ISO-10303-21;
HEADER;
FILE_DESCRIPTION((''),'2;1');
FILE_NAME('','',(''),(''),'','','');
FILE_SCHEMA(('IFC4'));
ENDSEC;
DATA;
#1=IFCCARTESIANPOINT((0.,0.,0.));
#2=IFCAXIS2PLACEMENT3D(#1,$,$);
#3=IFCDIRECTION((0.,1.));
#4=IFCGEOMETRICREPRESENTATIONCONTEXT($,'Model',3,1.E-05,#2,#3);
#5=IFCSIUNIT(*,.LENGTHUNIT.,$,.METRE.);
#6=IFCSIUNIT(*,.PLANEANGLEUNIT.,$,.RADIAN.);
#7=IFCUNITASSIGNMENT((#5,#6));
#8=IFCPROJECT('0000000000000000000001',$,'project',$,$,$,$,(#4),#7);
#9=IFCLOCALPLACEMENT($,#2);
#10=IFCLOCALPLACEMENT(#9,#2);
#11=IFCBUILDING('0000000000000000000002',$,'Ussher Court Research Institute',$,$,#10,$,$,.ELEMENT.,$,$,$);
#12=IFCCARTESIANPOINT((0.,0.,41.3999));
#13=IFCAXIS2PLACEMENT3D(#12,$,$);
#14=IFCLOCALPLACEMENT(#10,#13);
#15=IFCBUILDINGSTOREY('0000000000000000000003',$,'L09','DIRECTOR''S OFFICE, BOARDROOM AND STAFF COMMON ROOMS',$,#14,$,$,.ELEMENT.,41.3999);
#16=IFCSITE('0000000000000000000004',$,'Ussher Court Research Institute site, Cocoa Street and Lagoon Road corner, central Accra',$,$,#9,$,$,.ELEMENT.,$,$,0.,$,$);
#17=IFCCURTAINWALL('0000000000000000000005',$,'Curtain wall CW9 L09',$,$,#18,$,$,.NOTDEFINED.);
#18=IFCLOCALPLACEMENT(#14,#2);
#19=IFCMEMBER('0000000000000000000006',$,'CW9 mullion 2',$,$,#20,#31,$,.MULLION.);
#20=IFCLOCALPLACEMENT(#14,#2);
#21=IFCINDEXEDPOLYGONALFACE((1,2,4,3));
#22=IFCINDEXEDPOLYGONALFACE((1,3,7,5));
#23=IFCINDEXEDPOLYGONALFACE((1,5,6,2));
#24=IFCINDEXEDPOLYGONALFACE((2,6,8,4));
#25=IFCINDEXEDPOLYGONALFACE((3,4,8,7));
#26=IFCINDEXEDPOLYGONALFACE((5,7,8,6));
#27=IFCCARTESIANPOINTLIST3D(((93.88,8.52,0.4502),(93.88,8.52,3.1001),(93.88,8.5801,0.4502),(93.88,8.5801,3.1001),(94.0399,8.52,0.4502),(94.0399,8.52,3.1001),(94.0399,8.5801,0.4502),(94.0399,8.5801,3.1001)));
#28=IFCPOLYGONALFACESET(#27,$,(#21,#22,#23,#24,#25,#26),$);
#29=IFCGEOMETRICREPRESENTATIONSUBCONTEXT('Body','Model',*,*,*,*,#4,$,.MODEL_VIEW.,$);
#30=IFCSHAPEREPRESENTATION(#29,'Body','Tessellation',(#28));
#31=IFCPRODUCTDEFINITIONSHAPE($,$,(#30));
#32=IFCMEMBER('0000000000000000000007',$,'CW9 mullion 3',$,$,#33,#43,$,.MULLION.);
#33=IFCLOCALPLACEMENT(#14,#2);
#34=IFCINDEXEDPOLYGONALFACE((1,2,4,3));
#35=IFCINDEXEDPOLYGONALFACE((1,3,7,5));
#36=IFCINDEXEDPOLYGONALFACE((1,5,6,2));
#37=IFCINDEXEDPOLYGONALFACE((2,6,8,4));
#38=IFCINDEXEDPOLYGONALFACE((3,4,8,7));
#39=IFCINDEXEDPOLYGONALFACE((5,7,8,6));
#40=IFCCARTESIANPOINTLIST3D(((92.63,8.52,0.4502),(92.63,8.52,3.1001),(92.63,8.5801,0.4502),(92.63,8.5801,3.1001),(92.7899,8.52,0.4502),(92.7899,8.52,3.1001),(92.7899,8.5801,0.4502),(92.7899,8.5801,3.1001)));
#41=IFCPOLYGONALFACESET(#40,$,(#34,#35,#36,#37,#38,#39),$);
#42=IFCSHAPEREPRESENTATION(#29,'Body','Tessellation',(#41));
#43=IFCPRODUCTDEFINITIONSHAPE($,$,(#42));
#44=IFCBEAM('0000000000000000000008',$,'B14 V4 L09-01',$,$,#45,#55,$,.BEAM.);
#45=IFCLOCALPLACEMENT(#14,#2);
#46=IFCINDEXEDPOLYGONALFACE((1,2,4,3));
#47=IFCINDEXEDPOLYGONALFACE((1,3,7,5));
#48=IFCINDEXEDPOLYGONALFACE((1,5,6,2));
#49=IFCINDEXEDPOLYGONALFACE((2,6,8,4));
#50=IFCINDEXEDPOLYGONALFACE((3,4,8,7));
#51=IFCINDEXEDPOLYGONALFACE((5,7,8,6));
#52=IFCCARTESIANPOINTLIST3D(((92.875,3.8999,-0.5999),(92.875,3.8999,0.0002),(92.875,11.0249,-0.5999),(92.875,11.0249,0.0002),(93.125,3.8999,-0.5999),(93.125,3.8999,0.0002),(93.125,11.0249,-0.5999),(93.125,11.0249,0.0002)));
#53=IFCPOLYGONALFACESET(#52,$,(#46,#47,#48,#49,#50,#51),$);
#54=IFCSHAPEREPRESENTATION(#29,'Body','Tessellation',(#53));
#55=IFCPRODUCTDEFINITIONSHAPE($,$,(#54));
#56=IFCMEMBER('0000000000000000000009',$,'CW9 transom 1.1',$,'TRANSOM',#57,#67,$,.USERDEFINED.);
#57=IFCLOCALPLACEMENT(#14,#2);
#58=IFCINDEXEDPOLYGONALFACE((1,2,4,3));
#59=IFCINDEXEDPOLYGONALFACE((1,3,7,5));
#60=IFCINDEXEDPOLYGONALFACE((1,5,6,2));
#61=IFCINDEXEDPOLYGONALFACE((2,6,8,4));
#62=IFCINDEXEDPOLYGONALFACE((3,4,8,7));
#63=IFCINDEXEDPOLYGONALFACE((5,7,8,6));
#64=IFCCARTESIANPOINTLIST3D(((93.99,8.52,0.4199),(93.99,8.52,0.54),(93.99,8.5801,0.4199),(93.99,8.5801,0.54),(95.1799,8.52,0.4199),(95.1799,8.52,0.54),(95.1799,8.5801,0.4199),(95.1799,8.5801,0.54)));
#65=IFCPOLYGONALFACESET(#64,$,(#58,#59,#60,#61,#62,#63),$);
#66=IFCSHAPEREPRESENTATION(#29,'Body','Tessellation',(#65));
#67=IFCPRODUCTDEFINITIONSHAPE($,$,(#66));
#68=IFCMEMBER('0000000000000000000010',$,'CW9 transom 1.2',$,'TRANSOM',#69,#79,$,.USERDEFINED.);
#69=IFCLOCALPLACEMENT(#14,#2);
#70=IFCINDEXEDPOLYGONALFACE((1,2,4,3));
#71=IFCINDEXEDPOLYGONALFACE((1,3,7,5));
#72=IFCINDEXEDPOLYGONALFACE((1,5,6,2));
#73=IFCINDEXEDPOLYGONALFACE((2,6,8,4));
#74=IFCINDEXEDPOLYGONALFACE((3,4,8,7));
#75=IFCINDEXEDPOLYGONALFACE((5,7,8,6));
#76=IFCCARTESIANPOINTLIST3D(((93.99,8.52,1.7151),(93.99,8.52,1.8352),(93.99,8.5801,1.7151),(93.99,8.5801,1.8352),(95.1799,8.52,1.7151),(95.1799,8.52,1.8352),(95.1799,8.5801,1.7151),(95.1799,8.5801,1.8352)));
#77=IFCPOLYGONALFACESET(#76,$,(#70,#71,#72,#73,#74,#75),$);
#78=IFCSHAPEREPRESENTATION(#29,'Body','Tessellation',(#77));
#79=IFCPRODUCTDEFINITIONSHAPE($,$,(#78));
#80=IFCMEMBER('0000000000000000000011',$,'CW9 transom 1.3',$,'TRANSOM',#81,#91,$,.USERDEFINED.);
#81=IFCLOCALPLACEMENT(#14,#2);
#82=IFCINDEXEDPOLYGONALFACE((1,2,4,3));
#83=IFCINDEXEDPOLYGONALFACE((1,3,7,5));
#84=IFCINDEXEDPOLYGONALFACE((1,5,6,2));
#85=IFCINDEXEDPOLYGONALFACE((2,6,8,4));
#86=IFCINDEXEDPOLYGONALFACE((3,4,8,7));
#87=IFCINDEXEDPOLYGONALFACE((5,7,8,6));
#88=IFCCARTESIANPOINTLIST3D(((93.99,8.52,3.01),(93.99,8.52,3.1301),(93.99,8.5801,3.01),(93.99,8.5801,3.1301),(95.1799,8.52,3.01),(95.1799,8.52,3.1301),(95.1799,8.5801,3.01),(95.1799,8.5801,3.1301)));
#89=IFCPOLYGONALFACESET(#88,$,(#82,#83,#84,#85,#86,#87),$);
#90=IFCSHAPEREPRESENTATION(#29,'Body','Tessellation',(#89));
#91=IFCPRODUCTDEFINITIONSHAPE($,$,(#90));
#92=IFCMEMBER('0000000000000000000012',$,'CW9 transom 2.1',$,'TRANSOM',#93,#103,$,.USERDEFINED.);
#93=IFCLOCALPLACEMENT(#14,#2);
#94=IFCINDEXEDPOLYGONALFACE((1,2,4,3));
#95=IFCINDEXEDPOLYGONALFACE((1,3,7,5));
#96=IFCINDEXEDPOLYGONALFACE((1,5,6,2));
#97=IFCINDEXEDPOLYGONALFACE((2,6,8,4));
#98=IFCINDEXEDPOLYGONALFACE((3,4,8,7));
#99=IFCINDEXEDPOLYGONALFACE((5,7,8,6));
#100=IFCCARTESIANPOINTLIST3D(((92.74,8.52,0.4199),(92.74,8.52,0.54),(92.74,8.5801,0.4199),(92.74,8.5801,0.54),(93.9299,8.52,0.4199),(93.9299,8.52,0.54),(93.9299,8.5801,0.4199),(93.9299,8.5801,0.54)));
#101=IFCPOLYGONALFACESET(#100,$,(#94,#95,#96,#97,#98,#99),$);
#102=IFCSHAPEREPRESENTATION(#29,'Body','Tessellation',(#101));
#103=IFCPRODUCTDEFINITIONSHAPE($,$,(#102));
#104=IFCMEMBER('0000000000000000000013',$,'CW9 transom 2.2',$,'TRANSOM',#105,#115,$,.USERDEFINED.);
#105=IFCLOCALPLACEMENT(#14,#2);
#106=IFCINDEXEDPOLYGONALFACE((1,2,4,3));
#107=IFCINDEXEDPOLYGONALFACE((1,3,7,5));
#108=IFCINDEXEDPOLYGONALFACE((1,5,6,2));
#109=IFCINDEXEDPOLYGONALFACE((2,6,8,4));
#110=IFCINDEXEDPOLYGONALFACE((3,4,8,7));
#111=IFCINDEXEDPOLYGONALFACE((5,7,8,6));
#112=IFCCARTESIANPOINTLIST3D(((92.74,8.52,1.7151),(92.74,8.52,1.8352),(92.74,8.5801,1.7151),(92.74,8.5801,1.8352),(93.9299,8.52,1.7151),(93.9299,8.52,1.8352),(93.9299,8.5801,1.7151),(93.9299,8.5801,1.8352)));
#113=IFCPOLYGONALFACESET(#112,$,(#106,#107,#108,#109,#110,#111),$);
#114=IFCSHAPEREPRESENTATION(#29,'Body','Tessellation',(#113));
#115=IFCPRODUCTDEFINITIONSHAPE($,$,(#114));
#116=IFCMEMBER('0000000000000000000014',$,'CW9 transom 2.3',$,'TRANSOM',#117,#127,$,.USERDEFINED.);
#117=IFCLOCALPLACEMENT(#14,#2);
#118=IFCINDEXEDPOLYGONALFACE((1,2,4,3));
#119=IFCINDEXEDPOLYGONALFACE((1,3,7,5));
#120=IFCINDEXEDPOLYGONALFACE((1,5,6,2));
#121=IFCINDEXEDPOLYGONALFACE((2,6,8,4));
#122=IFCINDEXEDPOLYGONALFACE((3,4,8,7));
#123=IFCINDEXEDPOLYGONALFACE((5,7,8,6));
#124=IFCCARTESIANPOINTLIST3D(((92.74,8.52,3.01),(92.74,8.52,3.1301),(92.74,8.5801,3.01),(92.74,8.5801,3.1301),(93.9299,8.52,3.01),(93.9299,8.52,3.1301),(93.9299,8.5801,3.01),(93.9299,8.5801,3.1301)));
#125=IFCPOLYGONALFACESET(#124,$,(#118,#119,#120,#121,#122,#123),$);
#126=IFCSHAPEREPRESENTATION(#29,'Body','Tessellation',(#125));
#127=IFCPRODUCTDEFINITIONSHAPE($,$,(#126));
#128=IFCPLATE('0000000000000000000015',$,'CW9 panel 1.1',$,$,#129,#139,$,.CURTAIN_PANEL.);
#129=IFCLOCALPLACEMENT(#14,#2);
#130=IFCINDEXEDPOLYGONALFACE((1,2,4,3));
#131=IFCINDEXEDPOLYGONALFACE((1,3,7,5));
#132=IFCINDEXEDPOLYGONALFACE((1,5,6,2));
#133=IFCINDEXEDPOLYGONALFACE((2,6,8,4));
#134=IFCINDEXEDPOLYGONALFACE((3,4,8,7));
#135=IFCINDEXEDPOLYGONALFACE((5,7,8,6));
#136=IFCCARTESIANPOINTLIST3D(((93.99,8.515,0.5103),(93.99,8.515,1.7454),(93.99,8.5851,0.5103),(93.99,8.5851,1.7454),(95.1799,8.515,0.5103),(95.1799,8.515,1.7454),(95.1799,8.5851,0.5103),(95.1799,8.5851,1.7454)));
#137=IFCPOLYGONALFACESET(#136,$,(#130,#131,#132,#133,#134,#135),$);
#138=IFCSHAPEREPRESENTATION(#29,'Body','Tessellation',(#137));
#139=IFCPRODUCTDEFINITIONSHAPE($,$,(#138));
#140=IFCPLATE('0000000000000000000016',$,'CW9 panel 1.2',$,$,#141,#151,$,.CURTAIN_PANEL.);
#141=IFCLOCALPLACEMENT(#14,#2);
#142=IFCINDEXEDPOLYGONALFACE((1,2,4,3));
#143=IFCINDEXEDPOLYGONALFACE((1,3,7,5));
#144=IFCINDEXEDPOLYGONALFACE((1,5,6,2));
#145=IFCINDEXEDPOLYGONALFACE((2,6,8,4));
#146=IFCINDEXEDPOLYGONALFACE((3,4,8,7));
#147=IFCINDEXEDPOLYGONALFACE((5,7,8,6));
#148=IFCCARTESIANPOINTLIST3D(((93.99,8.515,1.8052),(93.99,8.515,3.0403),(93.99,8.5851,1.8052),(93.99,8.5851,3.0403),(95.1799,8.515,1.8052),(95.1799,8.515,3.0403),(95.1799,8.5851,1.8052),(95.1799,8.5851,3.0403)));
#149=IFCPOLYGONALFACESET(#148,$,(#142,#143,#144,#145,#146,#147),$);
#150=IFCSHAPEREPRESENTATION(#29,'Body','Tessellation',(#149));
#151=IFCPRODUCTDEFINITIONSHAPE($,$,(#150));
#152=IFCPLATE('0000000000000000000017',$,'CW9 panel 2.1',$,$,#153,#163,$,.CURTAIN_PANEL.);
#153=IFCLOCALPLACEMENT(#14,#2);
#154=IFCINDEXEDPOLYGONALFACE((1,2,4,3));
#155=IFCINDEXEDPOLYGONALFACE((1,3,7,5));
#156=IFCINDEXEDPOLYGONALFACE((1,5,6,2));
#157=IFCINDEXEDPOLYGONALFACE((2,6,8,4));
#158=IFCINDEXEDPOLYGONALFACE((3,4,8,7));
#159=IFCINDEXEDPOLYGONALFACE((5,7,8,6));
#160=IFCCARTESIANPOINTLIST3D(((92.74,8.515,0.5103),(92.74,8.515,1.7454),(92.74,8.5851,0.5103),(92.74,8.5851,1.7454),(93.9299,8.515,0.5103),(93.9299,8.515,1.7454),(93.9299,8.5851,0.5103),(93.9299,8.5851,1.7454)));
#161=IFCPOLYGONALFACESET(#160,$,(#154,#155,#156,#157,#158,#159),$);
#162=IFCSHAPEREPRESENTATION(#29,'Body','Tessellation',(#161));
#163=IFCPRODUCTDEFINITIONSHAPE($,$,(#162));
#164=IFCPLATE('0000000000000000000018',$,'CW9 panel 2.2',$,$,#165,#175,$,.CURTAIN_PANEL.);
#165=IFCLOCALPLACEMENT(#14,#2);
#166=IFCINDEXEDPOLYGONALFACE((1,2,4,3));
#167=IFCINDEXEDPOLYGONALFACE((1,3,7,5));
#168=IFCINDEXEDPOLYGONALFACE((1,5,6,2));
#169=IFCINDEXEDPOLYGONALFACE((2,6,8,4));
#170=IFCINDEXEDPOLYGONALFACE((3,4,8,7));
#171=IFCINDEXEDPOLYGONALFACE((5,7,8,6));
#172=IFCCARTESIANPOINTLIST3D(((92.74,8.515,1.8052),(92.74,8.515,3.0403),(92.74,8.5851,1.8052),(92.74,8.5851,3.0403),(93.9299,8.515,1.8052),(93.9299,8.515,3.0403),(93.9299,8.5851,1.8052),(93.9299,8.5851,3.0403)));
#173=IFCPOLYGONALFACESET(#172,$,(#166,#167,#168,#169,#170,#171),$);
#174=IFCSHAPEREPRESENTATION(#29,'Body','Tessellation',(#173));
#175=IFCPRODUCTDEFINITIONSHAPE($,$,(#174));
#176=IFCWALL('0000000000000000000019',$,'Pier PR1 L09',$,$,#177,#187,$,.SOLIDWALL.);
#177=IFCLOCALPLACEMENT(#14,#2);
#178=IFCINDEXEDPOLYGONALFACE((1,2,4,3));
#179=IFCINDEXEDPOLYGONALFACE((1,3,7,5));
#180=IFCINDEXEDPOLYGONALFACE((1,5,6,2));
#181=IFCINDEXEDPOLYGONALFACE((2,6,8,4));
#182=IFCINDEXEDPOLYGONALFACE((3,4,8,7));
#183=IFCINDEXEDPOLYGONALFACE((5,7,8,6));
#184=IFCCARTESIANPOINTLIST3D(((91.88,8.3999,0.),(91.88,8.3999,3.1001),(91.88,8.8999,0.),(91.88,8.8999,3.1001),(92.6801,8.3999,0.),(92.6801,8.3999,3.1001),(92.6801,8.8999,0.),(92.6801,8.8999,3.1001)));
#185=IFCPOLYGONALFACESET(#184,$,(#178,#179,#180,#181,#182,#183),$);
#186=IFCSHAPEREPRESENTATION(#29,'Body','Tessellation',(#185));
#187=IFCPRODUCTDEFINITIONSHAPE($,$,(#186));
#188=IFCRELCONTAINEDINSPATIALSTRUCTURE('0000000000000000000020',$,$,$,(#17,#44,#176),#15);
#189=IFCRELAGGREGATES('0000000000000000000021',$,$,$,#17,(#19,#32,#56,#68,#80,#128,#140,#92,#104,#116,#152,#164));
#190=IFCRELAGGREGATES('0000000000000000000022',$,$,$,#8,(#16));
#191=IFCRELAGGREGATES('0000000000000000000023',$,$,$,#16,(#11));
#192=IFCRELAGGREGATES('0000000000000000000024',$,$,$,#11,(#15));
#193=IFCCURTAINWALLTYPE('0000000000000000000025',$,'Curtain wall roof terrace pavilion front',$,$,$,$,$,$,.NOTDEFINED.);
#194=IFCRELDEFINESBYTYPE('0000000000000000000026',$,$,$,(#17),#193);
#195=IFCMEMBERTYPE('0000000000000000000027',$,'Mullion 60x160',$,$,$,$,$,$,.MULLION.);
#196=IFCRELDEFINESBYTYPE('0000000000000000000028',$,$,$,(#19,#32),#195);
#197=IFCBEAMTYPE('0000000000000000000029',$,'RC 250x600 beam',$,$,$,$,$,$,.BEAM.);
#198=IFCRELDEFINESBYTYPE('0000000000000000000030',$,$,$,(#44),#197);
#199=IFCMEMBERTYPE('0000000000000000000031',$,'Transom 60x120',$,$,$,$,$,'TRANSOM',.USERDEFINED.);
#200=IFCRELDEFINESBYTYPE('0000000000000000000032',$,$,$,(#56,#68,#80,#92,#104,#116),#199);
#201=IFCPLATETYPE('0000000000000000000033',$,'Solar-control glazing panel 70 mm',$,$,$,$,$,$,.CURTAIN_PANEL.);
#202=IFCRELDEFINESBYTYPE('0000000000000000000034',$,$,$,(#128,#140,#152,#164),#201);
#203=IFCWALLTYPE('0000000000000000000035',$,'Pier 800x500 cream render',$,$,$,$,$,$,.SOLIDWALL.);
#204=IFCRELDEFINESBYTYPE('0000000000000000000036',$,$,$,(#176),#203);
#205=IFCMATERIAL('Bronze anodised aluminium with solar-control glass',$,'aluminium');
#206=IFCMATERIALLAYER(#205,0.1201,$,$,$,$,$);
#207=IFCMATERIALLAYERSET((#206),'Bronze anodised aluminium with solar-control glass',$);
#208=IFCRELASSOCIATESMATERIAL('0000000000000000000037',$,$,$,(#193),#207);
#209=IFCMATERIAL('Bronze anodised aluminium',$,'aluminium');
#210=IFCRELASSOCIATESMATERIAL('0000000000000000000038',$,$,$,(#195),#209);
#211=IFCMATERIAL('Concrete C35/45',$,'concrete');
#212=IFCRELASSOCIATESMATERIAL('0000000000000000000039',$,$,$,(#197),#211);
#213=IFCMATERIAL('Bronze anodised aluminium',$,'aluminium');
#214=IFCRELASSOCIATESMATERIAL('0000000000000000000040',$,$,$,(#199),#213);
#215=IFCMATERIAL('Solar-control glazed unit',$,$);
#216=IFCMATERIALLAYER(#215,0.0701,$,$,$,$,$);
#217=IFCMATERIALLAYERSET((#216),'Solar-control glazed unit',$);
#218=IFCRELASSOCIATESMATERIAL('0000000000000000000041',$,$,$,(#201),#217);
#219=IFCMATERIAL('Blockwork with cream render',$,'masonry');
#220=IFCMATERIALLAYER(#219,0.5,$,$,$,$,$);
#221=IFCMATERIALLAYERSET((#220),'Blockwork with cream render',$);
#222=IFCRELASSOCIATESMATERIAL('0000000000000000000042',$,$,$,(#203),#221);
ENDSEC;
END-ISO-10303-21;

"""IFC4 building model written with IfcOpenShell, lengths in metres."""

from ifc_helpers import new_model, si_unit, direction, frame, frame_2d, origin, origin_2d, place, context, subcontext, project, spatial, rectangle, extrude, material, layer, layer_set, material_profile, profile_set, type_object, element, aggregate, save


model = new_model("IFC4")

# Units and contexts
model_context = context("Model", 3, precision=1e-05, world=origin(), true_north=direction((0.0, 1.0)))
body_context = subcontext(model_context, "Body", "Model", "MODEL_VIEW")
ifc_project = project(units=[si_unit("LENGTHUNIT", "METRE"), si_unit("PLANEANGLEUNIT", "RADIAN")], contexts=[model_context])

# Site, building, storey
site_placement = place(None, origin())
site = spatial("IfcSite", under=ifc_project, at=site_placement, Name="Ussher Court Research Institute site, Cocoa Street and Lagoon Road corner, central Accra", CompositionType="ELEMENT", RefElevation=0.0)
building_placement = place(site_placement, origin())
building = spatial("IfcBuilding", under=site, at=building_placement, Name="Ussher Court Research Institute", CompositionType="ELEMENT")
storey_placement = place(building_placement, frame((0.0, 0.0, 41.3999)))
storey = spatial("IfcBuildingStorey", under=building, at=storey_placement, Name="L09", Description="DIRECTOR'S OFFICE, BOARDROOM AND STAFF COMMON ROOMS", CompositionType="ELEMENT", Elevation=41.3999)

# Curtain wall, members
ifc_material_1 = material(Name="Bronze anodised aluminium with solar-control glass", Category="aluminium")
ifc_layer_1 = layer(ifc_material_1, 0.1201)
ifc_layer_set_1 = layer_set([ifc_layer_1], Name="Bronze anodised aluminium with solar-control glass")
curtain_wall_type = type_object("IfcCurtainWallType", Name="Curtain wall roof terrace pavilion front", PredefinedType="NOTDEFINED", material=ifc_layer_set_1)
curtain_wall_placement = place(storey_placement, origin())
curtain_wall = element("IfcCurtainWall", 1, at=curtain_wall_placement, inside=storey, type_object=curtain_wall_type, Name="Curtain wall CW9 L09", PredefinedType="NOTDEFINED")
ifc_material_2 = material(Name="Bronze anodised aluminium", Category="aluminium")
ifc_material_profile_1 = material_profile(ifc_material_2, rectangle(XDim=0.0601, YDim=0.1599, at=origin_2d()), Name="Mullion 60x160")
ifc_profile_set_1 = profile_set([ifc_material_profile_1], Name="Bronze anodised aluminium")
member_type_1 = type_object("IfcMemberType", Name="Mullion 60x160", PredefinedType="MULLION", material=ifc_profile_set_1)
member_1_placement = place(storey_placement, frame((93.96, 8.55, 0.4502), z_axis=(0.0, 0.0, 1.0), x_axis=(0.0, -1.0, 0.0)))
member_1 = element("IfcMember", 2, at=member_1_placement, type_object=member_type_1, Name="CW9 mullion 2", PredefinedType="MULLION", context=body_context, shape_type="SweptSolid", body=[
    extrude(rectangle(XDim=0.0601, YDim=0.1599, at=origin_2d()), origin(), (0.0, 0.0, 1.0), 2.6499),
])
member_2_placement = place(storey_placement, frame((92.71, 8.55, 0.4502), z_axis=(0.0, 0.0, 1.0), x_axis=(0.0, -1.0, 0.0)))
member_2 = element("IfcMember", 3, at=member_2_placement, type_object=member_type_1, Name="CW9 mullion 3", PredefinedType="MULLION", context=body_context, shape_type="SweptSolid", body=[
    extrude(rectangle(XDim=0.0601, YDim=0.1599, at=origin_2d()), origin(), (0.0, 0.0, 1.0), 2.6499),
])

# Beam
ifc_material_3 = material(Name="Concrete C35/45", Category="concrete")
ifc_material_profile_2 = material_profile(ifc_material_3, rectangle(XDim=0.25, YDim=0.6001, at=origin_2d()), Name="RC 250x600")
ifc_profile_set_2 = profile_set([ifc_material_profile_2], Name="Concrete C35/45")
beam_type = type_object("IfcBeamType", Name="RC 250x600 beam", PredefinedType="BEAM", material=ifc_profile_set_2)
beam_placement = place(storey_placement, frame((93.0, 3.8999, -0.2998), z_axis=(0.0, 1.0, 0.0), x_axis=(-1.0, 0.0, 0.0)))
element("IfcBeam", 4, at=beam_placement, inside=storey, type_object=beam_type, Name="B14 V4 L09-01", PredefinedType="BEAM", context=body_context, shape_type="SweptSolid", body=[
    extrude(rectangle(XDim=0.25, YDim=0.6001, at=origin_2d()), origin(), (0.0, 0.0, 1.0), 7.125),
])

# Members
ifc_material_4 = material(Name="Bronze anodised aluminium", Category="aluminium")
ifc_material_profile_3 = material_profile(ifc_material_4, rectangle(XDim=0.0601, YDim=0.1201, at=origin_2d()), Name="Transom 60x120")
ifc_profile_set_3 = profile_set([ifc_material_profile_3], Name="Bronze anodised aluminium")
member_type_2 = type_object("IfcMemberType", Name="Transom 60x120", ElementType="TRANSOM", PredefinedType="USERDEFINED", material=ifc_profile_set_3)
member_3_placement = place(storey_placement, frame((95.1799, 8.55, 0.48), z_axis=(-1.0, 0.0, 0.0), x_axis=(0.0, -1.0, 0.0)))
member_3 = element("IfcMember", 5, at=member_3_placement, type_object=member_type_2, Name="CW9 transom 1.1", ObjectType="TRANSOM", PredefinedType="USERDEFINED", context=body_context, shape_type="SweptSolid", body=[
    extrude(rectangle(XDim=0.0601, YDim=0.1201, at=origin_2d()), origin(), (0.0, 0.0, 1.0), 1.1899),
])
member_4_placement = place(storey_placement, frame((95.1799, 8.55, 1.7751), z_axis=(-1.0, 0.0, 0.0), x_axis=(0.0, -1.0, 0.0)))
member_4 = element("IfcMember", 6, at=member_4_placement, type_object=member_type_2, Name="CW9 transom 1.2", ObjectType="TRANSOM", PredefinedType="USERDEFINED", context=body_context, shape_type="SweptSolid", body=[
    extrude(rectangle(XDim=0.0601, YDim=0.1201, at=origin_2d()), origin(), (0.0, 0.0, 1.0), 1.1899),
])
member_5_placement = place(storey_placement, frame((95.1799, 8.55, 3.0701), z_axis=(-1.0, 0.0, 0.0), x_axis=(0.0, -1.0, 0.0)))
member_5 = element("IfcMember", 7, at=member_5_placement, type_object=member_type_2, Name="CW9 transom 1.3", ObjectType="TRANSOM", PredefinedType="USERDEFINED", context=body_context, shape_type="SweptSolid", body=[
    extrude(rectangle(XDim=0.0601, YDim=0.1201, at=origin_2d()), origin(), (0.0, 0.0, 1.0), 1.1899),
])
member_6_placement = place(storey_placement, frame((93.9299, 8.55, 0.48), z_axis=(-1.0, 0.0, 0.0), x_axis=(0.0, -1.0, 0.0)))
member_6 = element("IfcMember", 8, at=member_6_placement, type_object=member_type_2, Name="CW9 transom 2.1", ObjectType="TRANSOM", PredefinedType="USERDEFINED", context=body_context, shape_type="SweptSolid", body=[
    extrude(rectangle(XDim=0.0601, YDim=0.1201, at=origin_2d()), origin(), (0.0, 0.0, 1.0), 1.1899),
])
member_7_placement = place(storey_placement, frame((93.9299, 8.55, 1.7751), z_axis=(-1.0, 0.0, 0.0), x_axis=(0.0, -1.0, 0.0)))
member_7 = element("IfcMember", 9, at=member_7_placement, type_object=member_type_2, Name="CW9 transom 2.2", ObjectType="TRANSOM", PredefinedType="USERDEFINED", context=body_context, shape_type="SweptSolid", body=[
    extrude(rectangle(XDim=0.0601, YDim=0.1201, at=origin_2d()), origin(), (0.0, 0.0, 1.0), 1.1899),
])
member_8_placement = place(storey_placement, frame((93.9299, 8.55, 3.0701), z_axis=(-1.0, 0.0, 0.0), x_axis=(0.0, -1.0, 0.0)))
member_8 = element("IfcMember", 10, at=member_8_placement, type_object=member_type_2, Name="CW9 transom 2.3", ObjectType="TRANSOM", PredefinedType="USERDEFINED", context=body_context, shape_type="SweptSolid", body=[
    extrude(rectangle(XDim=0.0601, YDim=0.1201, at=origin_2d()), origin(), (0.0, 0.0, 1.0), 1.1899),
])

# Plates
ifc_material_5 = material(Name="Solar-control glazed unit")
ifc_layer_2 = layer(ifc_material_5, 0.0701)
ifc_layer_set_2 = layer_set([ifc_layer_2], Name="Solar-control glazed unit")
plate_type = type_object("IfcPlateType", Name="Solar-control glazing panel 70 mm", PredefinedType="CURTAIN_PANEL", material=ifc_layer_set_2)
plate_1_placement = place(storey_placement, frame((94.585, 8.55, 0.5103), z_axis=(0.0, 0.0, 1.0), x_axis=(-1.0, 0.0, 0.0)))
plate_1 = element("IfcPlate", 11, at=plate_1_placement, type_object=plate_type, Name="CW9 panel 1.1", PredefinedType="CURTAIN_PANEL", context=body_context, shape_type="SweptSolid", body=[
    extrude(rectangle(XDim=1.1899, YDim=0.0701, at=origin_2d()), origin(), (0.0, 0.0, 1.0), 1.2351),
])
plate_2_placement = place(storey_placement, frame((94.585, 8.55, 1.8052), z_axis=(0.0, 0.0, 1.0), x_axis=(-1.0, 0.0, 0.0)))
plate_2 = element("IfcPlate", 12, at=plate_2_placement, type_object=plate_type, Name="CW9 panel 1.2", PredefinedType="CURTAIN_PANEL", context=body_context, shape_type="SweptSolid", body=[
    extrude(rectangle(XDim=1.1899, YDim=0.0701, at=origin_2d()), origin(), (0.0, 0.0, 1.0), 1.2351),
])
plate_3_placement = place(storey_placement, frame((93.335, 8.55, 0.5103), z_axis=(0.0, 0.0, 1.0), x_axis=(-1.0, 0.0, 0.0)))
plate_3 = element("IfcPlate", 13, at=plate_3_placement, type_object=plate_type, Name="CW9 panel 2.1", PredefinedType="CURTAIN_PANEL", context=body_context, shape_type="SweptSolid", body=[
    extrude(rectangle(XDim=1.1899, YDim=0.0701, at=origin_2d()), origin(), (0.0, 0.0, 1.0), 1.2351),
])
plate_4_placement = place(storey_placement, frame((93.335, 8.55, 1.8052), z_axis=(0.0, 0.0, 1.0), x_axis=(-1.0, 0.0, 0.0)))
plate_4 = element("IfcPlate", 14, at=plate_4_placement, type_object=plate_type, Name="CW9 panel 2.2", PredefinedType="CURTAIN_PANEL", context=body_context, shape_type="SweptSolid", body=[
    extrude(rectangle(XDim=1.1899, YDim=0.0701, at=origin_2d()), origin(), (0.0, 0.0, 1.0), 1.2351),
])
aggregate(curtain_wall, [member_1, member_2, member_3, member_4, member_5, plate_1, plate_2, member_6, member_7, member_8, plate_3, plate_4])

# Wall
ifc_material_6 = material(Name="Blockwork with cream render", Category="masonry")
ifc_layer_3 = layer(ifc_material_6, 0.5)
ifc_layer_set_3 = layer_set([ifc_layer_3], Name="Blockwork with cream render")
wall_type_1 = type_object("IfcWallType", Name="Pier 800x500 cream render", PredefinedType="SOLIDWALL", material=ifc_layer_set_3)
wall_1_placement = place(storey_placement, frame((92.6799, 8.6499, 0.0), z_axis=(0.0, 0.0, 1.0), x_axis=(-1.0, 0.0, 0.0)))
element("IfcWall", 15, at=wall_1_placement, inside=storey, type_object=wall_type_1, Name="Pier PR1 L09", PredefinedType="SOLIDWALL", context=body_context, shape_type="SweptSolid", body=[
    extrude(rectangle(XDim=0.8, YDim=0.5, at=frame_2d((0.3999, 0.0))), origin(), (0.0, 0.0, 1.0), 3.1001),
])

save(model, "model.ifc")
